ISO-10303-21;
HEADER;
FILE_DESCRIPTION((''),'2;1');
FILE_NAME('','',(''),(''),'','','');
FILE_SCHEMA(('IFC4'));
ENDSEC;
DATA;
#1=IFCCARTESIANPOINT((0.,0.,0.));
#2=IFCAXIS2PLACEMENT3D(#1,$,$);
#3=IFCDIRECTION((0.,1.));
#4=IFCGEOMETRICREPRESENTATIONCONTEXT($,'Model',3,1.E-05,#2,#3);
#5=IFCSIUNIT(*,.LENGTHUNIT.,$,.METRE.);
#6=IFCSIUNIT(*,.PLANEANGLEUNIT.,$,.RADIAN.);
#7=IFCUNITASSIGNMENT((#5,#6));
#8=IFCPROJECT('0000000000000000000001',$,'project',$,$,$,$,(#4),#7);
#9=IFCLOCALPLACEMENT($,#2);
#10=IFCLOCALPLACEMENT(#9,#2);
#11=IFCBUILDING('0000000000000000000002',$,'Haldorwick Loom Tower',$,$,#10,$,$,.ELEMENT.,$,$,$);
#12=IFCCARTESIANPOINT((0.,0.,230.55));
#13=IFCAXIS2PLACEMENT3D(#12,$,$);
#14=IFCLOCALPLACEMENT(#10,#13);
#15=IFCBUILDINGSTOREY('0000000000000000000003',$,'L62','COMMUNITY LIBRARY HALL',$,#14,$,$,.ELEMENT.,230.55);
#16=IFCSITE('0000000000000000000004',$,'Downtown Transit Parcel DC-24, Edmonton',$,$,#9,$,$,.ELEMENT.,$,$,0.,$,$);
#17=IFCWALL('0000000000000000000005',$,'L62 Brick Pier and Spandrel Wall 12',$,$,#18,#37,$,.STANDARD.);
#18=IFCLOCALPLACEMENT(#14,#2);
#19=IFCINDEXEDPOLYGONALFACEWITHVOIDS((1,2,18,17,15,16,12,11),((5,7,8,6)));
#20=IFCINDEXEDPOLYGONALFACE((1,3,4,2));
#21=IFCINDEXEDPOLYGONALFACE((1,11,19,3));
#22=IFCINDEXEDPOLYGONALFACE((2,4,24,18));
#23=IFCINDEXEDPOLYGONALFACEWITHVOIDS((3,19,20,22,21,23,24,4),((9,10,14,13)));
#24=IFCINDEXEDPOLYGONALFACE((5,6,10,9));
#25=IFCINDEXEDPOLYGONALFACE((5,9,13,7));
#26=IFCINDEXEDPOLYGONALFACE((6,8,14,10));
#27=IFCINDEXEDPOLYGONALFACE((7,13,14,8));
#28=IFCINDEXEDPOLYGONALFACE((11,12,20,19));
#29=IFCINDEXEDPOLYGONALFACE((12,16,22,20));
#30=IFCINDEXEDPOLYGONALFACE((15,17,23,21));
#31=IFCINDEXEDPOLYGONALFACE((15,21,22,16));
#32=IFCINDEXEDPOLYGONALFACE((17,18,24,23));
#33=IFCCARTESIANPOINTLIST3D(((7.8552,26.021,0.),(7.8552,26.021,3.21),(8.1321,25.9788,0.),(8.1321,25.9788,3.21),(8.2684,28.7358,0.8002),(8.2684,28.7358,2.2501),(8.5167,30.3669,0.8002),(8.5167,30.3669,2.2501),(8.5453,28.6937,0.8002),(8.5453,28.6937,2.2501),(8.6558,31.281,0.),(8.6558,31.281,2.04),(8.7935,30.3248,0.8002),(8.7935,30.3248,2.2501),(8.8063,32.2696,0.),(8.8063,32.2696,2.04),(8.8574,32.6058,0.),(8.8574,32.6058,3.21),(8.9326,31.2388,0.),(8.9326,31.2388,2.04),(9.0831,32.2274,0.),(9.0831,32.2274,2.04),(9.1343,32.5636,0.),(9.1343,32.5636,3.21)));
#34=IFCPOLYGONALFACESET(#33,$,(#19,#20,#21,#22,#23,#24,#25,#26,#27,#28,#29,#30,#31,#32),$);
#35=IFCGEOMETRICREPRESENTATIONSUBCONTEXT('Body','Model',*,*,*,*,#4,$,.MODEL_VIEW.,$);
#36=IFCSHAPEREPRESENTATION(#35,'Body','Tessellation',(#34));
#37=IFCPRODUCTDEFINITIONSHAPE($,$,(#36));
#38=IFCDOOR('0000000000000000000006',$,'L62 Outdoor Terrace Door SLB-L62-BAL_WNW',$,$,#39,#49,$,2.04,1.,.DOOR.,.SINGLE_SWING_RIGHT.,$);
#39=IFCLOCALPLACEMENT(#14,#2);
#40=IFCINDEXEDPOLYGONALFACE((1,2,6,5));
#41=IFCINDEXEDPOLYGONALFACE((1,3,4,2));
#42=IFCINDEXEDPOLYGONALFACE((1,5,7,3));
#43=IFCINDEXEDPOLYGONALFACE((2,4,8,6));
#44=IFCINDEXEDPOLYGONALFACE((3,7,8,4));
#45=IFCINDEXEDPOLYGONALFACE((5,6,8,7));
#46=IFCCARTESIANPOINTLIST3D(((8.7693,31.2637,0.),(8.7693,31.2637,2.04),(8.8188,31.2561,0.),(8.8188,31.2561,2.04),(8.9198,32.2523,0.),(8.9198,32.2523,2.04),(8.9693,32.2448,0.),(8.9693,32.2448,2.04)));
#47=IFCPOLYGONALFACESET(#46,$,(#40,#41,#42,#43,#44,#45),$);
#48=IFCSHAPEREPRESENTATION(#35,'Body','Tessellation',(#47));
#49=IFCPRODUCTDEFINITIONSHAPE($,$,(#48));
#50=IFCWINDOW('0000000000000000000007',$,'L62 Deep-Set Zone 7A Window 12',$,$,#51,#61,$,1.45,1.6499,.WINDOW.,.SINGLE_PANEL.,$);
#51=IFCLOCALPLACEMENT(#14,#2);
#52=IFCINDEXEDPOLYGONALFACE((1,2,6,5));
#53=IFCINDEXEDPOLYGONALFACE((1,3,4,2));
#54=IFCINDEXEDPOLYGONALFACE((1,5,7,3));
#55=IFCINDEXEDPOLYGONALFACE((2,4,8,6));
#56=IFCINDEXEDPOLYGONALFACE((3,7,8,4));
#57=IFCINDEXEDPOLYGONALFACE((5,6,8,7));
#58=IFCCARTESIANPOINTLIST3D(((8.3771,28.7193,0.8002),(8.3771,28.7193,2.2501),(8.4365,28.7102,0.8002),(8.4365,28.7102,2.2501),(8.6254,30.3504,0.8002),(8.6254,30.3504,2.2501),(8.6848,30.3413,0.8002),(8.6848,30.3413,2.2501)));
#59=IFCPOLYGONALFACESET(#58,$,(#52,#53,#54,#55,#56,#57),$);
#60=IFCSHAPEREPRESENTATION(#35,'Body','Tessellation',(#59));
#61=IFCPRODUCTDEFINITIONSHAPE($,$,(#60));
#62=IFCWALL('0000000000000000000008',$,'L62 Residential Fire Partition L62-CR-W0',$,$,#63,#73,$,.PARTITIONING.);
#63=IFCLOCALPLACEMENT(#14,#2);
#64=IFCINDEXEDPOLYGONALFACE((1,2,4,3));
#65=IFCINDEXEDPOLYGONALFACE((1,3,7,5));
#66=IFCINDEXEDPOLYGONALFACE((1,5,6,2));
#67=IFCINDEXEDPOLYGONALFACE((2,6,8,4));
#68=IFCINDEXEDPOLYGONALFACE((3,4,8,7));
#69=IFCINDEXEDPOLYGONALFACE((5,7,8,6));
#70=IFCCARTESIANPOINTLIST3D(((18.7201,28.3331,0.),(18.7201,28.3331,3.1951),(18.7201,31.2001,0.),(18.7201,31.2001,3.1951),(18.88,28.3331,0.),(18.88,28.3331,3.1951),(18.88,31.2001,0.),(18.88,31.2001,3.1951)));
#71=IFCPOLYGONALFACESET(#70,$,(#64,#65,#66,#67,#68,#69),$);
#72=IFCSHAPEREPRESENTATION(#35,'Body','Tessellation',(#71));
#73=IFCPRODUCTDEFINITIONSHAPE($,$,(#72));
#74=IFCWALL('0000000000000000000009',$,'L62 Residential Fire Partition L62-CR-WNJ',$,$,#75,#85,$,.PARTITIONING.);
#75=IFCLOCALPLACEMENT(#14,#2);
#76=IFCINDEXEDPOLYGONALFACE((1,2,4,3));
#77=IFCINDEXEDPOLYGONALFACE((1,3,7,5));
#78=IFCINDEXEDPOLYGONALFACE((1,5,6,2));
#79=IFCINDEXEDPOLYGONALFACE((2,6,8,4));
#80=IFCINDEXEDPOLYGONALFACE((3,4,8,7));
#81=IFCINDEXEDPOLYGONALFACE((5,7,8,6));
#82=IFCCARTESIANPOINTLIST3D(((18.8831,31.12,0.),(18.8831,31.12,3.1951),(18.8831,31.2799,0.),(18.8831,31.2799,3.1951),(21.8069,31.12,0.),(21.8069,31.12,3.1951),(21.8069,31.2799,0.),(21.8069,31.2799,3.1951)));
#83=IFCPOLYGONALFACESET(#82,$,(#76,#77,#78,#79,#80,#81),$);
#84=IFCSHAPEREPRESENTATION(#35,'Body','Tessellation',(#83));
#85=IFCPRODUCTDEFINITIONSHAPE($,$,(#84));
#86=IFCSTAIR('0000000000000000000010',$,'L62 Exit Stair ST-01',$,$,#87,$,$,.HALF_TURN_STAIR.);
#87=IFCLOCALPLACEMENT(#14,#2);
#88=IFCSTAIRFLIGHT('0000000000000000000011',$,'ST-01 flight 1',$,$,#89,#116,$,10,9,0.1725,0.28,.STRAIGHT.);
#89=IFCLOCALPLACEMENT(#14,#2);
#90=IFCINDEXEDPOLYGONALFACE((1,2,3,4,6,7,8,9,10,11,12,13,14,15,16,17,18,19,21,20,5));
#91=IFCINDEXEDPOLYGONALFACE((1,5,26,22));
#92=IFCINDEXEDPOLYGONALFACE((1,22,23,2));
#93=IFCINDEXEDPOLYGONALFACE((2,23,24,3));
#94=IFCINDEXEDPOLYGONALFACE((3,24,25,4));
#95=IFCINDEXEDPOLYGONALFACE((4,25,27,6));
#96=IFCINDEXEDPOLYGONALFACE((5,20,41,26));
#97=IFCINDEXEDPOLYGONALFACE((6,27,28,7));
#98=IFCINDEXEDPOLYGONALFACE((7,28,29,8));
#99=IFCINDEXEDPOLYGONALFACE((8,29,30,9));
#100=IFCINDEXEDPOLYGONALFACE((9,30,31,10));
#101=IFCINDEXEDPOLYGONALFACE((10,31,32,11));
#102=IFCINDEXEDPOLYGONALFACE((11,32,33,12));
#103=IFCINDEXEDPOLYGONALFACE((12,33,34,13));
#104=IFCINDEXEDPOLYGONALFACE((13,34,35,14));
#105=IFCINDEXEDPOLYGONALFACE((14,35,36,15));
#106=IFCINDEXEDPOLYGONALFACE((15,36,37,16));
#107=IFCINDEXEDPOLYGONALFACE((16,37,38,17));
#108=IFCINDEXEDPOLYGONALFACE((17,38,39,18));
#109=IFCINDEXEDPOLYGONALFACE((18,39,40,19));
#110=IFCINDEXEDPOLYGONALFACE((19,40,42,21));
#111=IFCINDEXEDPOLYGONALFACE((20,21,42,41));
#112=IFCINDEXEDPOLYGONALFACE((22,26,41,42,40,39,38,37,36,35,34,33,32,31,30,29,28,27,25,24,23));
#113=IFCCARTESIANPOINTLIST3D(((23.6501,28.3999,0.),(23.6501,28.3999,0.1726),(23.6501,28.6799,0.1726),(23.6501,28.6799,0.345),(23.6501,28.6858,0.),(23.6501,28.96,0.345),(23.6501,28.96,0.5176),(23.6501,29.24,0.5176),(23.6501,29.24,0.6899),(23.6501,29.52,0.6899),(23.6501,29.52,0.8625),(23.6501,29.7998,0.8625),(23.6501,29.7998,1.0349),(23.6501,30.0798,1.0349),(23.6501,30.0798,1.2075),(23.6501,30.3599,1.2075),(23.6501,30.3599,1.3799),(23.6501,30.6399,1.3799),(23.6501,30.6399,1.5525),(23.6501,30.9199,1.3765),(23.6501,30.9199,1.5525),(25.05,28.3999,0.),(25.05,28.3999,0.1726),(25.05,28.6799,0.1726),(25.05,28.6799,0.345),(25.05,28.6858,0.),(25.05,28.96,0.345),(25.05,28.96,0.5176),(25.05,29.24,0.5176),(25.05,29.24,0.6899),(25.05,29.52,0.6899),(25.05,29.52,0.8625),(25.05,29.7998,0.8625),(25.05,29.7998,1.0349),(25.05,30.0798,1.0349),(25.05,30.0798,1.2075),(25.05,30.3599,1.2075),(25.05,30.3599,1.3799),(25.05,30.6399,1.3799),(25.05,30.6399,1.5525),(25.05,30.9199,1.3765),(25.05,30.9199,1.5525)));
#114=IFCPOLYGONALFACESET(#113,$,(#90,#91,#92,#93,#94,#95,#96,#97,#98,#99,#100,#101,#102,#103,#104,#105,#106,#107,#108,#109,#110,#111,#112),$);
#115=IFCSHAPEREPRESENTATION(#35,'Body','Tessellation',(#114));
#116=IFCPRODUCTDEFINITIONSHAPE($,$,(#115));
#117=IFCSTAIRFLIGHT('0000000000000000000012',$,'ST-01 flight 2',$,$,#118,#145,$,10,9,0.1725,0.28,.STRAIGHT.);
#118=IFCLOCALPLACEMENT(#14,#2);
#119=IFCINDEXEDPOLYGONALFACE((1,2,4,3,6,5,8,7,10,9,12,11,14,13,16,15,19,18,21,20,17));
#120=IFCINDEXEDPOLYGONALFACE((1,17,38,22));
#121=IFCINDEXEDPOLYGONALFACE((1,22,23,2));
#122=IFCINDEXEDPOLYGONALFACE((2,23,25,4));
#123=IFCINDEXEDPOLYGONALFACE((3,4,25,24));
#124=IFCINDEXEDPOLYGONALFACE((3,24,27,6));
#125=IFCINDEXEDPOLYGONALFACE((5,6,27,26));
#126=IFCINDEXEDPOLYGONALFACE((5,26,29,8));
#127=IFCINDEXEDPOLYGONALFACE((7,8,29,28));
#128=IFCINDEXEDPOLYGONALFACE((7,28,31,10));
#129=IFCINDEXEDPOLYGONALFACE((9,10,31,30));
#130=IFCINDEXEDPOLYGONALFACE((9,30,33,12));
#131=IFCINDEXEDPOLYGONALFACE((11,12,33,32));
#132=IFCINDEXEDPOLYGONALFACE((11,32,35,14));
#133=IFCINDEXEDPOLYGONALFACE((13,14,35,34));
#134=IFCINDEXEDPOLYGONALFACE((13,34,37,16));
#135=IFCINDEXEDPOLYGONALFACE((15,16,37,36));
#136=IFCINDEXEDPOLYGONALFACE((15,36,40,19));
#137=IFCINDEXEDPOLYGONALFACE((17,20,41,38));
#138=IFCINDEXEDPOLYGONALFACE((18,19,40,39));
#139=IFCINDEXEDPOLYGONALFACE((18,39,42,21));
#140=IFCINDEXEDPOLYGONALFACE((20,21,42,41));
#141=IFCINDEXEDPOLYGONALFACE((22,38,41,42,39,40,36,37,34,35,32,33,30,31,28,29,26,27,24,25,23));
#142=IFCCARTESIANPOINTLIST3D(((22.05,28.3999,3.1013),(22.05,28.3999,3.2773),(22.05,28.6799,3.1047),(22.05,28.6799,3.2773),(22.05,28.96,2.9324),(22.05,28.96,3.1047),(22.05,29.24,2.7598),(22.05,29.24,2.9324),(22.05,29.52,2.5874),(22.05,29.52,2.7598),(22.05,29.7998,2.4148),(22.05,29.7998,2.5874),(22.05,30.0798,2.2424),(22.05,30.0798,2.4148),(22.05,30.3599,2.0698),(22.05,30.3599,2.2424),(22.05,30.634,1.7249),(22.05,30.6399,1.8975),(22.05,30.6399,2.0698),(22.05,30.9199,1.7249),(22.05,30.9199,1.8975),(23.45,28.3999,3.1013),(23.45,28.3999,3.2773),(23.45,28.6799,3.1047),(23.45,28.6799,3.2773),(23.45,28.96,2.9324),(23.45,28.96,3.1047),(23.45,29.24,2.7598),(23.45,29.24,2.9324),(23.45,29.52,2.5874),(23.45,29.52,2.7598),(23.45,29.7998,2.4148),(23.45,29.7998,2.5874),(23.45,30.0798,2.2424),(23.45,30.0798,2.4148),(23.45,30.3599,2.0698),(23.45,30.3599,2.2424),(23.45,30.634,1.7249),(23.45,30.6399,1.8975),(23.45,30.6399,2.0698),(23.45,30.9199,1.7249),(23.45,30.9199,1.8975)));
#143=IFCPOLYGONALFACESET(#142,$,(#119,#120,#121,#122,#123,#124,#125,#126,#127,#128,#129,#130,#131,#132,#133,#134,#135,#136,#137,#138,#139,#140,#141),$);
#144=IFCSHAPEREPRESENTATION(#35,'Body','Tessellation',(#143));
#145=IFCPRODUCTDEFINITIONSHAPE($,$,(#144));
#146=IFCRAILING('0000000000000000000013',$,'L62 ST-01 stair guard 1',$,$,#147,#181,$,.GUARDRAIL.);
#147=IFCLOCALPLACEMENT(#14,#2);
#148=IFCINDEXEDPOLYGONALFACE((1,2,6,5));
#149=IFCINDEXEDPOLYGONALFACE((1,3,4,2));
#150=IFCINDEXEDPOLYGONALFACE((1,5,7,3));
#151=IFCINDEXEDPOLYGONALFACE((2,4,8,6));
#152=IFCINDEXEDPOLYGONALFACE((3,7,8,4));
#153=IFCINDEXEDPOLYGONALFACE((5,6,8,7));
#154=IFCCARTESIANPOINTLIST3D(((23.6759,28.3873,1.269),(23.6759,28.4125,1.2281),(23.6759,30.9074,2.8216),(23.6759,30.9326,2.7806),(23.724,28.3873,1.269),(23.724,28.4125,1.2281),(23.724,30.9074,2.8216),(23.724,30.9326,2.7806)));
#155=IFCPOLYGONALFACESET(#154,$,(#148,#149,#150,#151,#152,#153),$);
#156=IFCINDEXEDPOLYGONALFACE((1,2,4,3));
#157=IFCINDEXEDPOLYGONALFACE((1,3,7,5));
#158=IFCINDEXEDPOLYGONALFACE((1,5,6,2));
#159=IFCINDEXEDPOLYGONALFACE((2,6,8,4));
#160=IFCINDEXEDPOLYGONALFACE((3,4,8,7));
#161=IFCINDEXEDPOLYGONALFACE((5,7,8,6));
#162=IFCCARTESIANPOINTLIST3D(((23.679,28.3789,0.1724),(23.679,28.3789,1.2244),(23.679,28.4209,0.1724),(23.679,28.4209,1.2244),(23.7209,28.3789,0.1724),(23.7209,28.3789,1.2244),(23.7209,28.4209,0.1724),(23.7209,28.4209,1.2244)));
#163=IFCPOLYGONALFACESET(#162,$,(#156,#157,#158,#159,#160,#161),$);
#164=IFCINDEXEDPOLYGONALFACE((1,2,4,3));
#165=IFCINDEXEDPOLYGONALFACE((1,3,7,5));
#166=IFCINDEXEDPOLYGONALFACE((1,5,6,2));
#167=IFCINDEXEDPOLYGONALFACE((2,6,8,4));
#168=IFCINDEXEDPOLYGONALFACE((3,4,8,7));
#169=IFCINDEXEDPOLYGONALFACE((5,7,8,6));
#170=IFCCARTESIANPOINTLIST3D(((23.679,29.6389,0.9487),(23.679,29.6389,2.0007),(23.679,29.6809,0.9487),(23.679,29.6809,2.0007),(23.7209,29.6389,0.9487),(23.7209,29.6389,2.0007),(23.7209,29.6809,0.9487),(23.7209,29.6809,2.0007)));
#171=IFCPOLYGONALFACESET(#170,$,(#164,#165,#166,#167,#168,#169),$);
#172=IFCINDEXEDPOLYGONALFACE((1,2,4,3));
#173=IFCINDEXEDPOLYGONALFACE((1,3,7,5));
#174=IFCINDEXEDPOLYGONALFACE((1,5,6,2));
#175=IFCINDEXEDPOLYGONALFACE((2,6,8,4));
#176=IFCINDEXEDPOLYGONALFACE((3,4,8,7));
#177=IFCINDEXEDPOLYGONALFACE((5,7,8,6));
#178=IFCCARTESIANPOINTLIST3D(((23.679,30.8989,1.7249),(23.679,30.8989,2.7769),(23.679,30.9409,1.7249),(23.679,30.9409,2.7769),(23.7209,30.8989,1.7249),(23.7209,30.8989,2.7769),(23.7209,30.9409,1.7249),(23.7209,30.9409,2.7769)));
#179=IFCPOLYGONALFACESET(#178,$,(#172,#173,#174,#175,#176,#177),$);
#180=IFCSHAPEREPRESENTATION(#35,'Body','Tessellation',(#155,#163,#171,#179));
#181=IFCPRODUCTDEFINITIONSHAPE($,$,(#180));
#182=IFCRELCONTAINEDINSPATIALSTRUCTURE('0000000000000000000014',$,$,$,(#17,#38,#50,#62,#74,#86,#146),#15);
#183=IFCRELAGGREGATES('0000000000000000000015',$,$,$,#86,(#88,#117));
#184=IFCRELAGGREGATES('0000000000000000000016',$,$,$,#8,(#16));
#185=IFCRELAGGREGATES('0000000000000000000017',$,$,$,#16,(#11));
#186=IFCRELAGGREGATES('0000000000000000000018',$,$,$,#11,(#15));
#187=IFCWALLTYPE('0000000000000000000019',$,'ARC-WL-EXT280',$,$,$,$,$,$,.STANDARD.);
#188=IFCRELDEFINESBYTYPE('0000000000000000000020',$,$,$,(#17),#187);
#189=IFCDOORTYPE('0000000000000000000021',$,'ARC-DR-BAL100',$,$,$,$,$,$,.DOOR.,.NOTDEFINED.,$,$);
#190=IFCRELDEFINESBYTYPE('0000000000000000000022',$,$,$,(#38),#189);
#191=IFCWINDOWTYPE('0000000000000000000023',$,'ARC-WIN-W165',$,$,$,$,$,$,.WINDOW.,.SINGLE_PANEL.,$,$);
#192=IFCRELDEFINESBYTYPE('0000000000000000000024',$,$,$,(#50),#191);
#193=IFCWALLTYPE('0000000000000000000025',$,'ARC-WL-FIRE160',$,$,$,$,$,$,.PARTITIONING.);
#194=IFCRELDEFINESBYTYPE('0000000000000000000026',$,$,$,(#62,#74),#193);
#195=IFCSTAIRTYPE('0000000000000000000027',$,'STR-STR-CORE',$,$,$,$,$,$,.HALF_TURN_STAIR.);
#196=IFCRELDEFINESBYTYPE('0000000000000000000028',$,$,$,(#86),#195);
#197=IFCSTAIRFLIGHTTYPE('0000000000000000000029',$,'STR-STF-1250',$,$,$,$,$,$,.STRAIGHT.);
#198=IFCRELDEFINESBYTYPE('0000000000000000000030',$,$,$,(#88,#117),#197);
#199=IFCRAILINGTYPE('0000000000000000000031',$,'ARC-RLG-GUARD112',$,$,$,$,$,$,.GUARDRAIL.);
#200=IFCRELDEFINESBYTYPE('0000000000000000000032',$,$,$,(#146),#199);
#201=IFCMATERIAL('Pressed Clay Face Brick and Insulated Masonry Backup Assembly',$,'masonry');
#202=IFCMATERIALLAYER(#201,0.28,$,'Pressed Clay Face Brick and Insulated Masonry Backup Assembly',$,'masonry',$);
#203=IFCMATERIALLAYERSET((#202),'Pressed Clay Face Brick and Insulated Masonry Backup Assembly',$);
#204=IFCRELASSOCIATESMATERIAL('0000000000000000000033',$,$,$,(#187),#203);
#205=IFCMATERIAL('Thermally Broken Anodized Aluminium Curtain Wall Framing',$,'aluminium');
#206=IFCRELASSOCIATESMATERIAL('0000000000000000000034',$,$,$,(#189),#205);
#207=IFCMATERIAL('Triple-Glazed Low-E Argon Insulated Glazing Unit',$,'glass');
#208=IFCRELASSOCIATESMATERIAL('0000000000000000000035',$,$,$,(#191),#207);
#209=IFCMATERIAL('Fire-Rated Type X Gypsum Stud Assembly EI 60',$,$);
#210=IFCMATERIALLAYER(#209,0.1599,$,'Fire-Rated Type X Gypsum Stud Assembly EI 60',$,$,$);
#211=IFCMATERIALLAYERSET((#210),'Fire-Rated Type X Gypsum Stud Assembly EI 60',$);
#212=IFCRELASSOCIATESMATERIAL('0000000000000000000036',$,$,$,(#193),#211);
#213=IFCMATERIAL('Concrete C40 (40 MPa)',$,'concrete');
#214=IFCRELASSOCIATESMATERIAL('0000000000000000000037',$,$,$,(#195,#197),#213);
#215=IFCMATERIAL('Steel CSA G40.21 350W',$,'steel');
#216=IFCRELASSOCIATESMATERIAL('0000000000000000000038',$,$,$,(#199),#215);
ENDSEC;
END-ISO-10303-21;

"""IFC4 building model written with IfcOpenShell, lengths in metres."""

from ifc_helpers import new_model, si_unit, direction, frame, frame_2d, origin, origin_2d, place, context, subcontext, project, spatial, polyline, rectangle, outline, extrude, material, layer, layer_set, type_object, element, fill, aggregate, save


model = new_model("IFC4")

# Units and contexts
model_context = context("Model", 3, precision=1e-05, world=origin(), true_north=direction((0.0, 1.0)))
body_context = subcontext(model_context, "Body", "Model", "MODEL_VIEW")
ifc_project = project(units=[si_unit("LENGTHUNIT", "METRE"), si_unit("PLANEANGLEUNIT", "RADIAN")], contexts=[model_context])

# Site, building, storey
site_placement = place(None, origin())
site = spatial("IfcSite", under=ifc_project, at=site_placement, Name="Downtown Transit Parcel DC-24, Edmonton", CompositionType="ELEMENT", RefElevation=0.0)
building_placement = place(site_placement, origin())
building = spatial("IfcBuilding", under=site, at=building_placement, Name="Haldorwick Loom Tower", CompositionType="ELEMENT")
storey_placement = place(building_placement, frame((0.0, 0.0, 230.55)))
storey = spatial("IfcBuildingStorey", under=building, at=storey_placement, Name="L62", Description="COMMUNITY LIBRARY HALL", CompositionType="ELEMENT", Elevation=230.55)

# Shared definitions
ifc_material_1 = material(Name="Steel CSA G40.21 350W", Category="steel")

# Wall, openings, door, window
ifc_material_2 = material(Name="Pressed Clay Face Brick and Insulated Masonry Backup Assembly", Category="masonry")
ifc_layer_1 = layer(ifc_material_2, 0.28, Name="Pressed Clay Face Brick and Insulated Masonry Backup Assembly", Category="masonry")
ifc_layer_set_1 = layer_set([ifc_layer_1], Name="Pressed Clay Face Brick and Insulated Masonry Backup Assembly")
wall_type_1 = type_object("IfcWallType", Name="ARC-WL-EXT280", PredefinedType="STANDARD", material=ifc_layer_set_1)
wall_1_placement = place(storey_placement, frame((8.9958, 32.5847, 0.0), z_axis=(0.0, 0.0, 1.0), x_axis=(-0.150468, -0.988615, 0.0)))
wall_1 = element("IfcWall", 1, at=wall_1_placement, inside=storey, type_object=wall_type_1, Name="L62 Brick Pier and Spandrel Wall 12", PredefinedType="STANDARD", context=body_context, shape_type="SweptSolid", body=[
    extrude(rectangle(XDim=6.6606, YDim=0.28, at=frame_2d((3.3303, 0.0))), origin(), (0.0, 0.0, 1.0), 3.21),
])
opening_1_placement = place(wall_1_placement, frame((0.3401, 0.0, 0.0)))
opening_1 = element("IfcOpeningElement", 2, at=opening_1_placement, cuts=wall_1, PredefinedType="OPENING", context=body_context, shape_type="SweptSolid", body=[
    extrude(rectangle(XDim=1.0, YDim=2.04, at=frame_2d((0.5, 1.02))), frame((0.0, 0.1499, 0.0), z_axis=(0.0, -1.0, 0.0), x_axis=(1.0, 0.0, 0.0)), (0.0, 0.0, 1.0), 0.3),
])
opening_2_placement = place(wall_1_placement, frame((2.2646, 0.0, 0.8)))
opening_2 = element("IfcOpeningElement", 3, at=opening_2_placement, cuts=wall_1, PredefinedType="OPENING", context=body_context, shape_type="SweptSolid", body=[
    extrude(rectangle(XDim=1.6499, YDim=1.45, at=frame_2d((0.825, 0.7251))), frame((0.0, 0.1499, 0.0), z_axis=(0.0, -1.0, 0.0), x_axis=(1.0, 0.0, 0.0)), (0.0, 0.0, 1.0), 0.3),
])
ifc_material_3 = material(Name="Thermally Broken Anodized Aluminium Curtain Wall Framing", Category="aluminium")
door_type = type_object("IfcDoorType", Name="ARC-DR-BAL100", OperationType="NOTDEFINED", PredefinedType="DOOR", material=ifc_material_3)
door_placement = place(opening_1_placement, origin())
door = element("IfcDoor", 4, at=door_placement, inside=storey, type_object=door_type, Name="L62 Outdoor Terrace Door SLB-L62-BAL_WNW", OperationType="SINGLE_SWING_RIGHT", OverallHeight=2.04, OverallWidth=1.0, PredefinedType="DOOR", context=body_context, shape_type="SweptSolid", body=[
    extrude(rectangle(XDim=1.0, YDim=2.04, at=frame_2d((0.5, 1.02))), frame((0.0, 0.0249, 0.0), z_axis=(0.0, -1.0, 0.0), x_axis=(1.0, 0.0, 0.0)), (0.0, 0.0, 1.0), 0.05),
])
fill(opening_1, door)
ifc_material_4 = material(Name="Triple-Glazed Low-E Argon Insulated Glazing Unit", Category="glass")
window_type = type_object("IfcWindowType", Name="ARC-WIN-W165", PartitioningType="SINGLE_PANEL", PredefinedType="WINDOW", material=ifc_material_4)
window_placement = place(opening_2_placement, origin())
window = element("IfcWindow", 5, at=window_placement, inside=storey, type_object=window_type, Name="L62 Deep-Set Zone 7A Window 12", OverallHeight=1.45, OverallWidth=1.6499, PartitioningType="SINGLE_PANEL", PredefinedType="WINDOW", context=body_context, shape_type="SweptSolid", body=[
    extrude(rectangle(XDim=1.6499, YDim=1.45, at=frame_2d((0.825, 0.7251))), frame((0.0, 0.03, 0.0), z_axis=(0.0, -1.0, 0.0), x_axis=(1.0, 0.0, 0.0)), (0.0, 0.0, 1.0), 0.0601),
])
fill(opening_2, window)

# Walls
ifc_material_5 = material(Name="Fire-Rated Type X Gypsum Stud Assembly EI 60")
ifc_layer_2 = layer(ifc_material_5, 0.1599, Name="Fire-Rated Type X Gypsum Stud Assembly EI 60")
ifc_layer_set_2 = layer_set([ifc_layer_2], Name="Fire-Rated Type X Gypsum Stud Assembly EI 60")
wall_type_2 = type_object("IfcWallType", Name="ARC-WL-FIRE160", PredefinedType="PARTITIONING", material=ifc_layer_set_2)
wall_2_placement = place(storey_placement, frame((18.8, 28.333, 0.0), z_axis=(0.0, 0.0, 1.0), x_axis=(0.0, 1.0, 0.0)))
element("IfcWall", 6, at=wall_2_placement, inside=storey, type_object=wall_type_2, Name="L62 Residential Fire Partition L62-CR-W0", PredefinedType="PARTITIONING", context=body_context, shape_type="SweptSolid", body=[
    extrude(rectangle(XDim=2.8669, YDim=0.1599, at=frame_2d((1.4336, 0.0))), origin(), (0.0, 0.0, 1.0), 3.1951),
])
wall_3_placement = place(storey_placement, frame((18.8831, 31.2, 0.0), z_axis=(0.0, 0.0, 1.0), x_axis=(1.0, 0.0, 0.0)))
element("IfcWall", 7, at=wall_3_placement, inside=storey, type_object=wall_type_2, Name="L62 Residential Fire Partition L62-CR-WNJ", PredefinedType="PARTITIONING", context=body_context, shape_type="SweptSolid", body=[
    extrude(rectangle(XDim=2.9238, YDim=0.1599, at=frame_2d((1.4619, 0.0))), origin(), (0.0, 0.0, 1.0), 3.1951),
])

# Stair, stair flights
ifc_material_6 = material(Name="Concrete C40 (40 MPa)", Category="concrete")
stair_type = type_object("IfcStairType", Name="STR-STR-CORE", PredefinedType="HALF_TURN_STAIR", material=ifc_material_6)
stair_placement = place(storey_placement, origin())
stair = element("IfcStair", 8, at=stair_placement, inside=storey, type_object=stair_type, Name="L62 Exit Stair ST-01", PredefinedType="HALF_TURN_STAIR")
stair_flight_type = type_object("IfcStairFlightType", Name="STR-STF-1250", PredefinedType="STRAIGHT", material=ifc_material_6)
stair_flight_1_placement = place(storey_placement, frame((24.3501, 28.3999, 0.0), z_axis=(0.0, 0.0, 1.0), x_axis=(0.0, 1.0, 0.0)))
stair_flight_1 = element("IfcStairFlight", 9, at=stair_flight_1_placement, type_object=stair_flight_type, Name="ST-01 flight 1", NumberOfRisers=10, NumberOfTreads=9, PredefinedType="STRAIGHT", RiserHeight=0.1725, TreadLength=0.28, context=body_context, shape_type="SweptSolid", body=[
    extrude(outline(polyline([(0.0, 0.0), (0.0, 0.1726), (0.28, 0.1726), (0.28, 0.345), (0.5601, 0.345), (0.5601, 0.5176), (0.8401, 0.5176), (0.8401, 0.6899), (1.1201, 0.6899), (1.1201, 0.8625), (1.3999, 0.8625), (1.3999, 1.0349), (1.6799, 1.0349), (1.6799, 1.2075), (1.96, 1.2075), (1.96, 1.3799), (2.24, 1.3799), (2.24, 1.5525), (2.52, 1.5525), (2.52, 1.7251), (2.52, 1.3765), (0.2859, 0.0), (0.0, 0.0)])), frame((0.0, 0.7, 0.0), z_axis=(0.0, -1.0, 0.0), x_axis=(1.0, 0.0, 0.0)), (0.0, 0.0, 1.0), 1.3999),
])
stair_flight_2_placement = place(storey_placement, frame((22.75, 30.9199, 1.7249), z_axis=(0.0, 0.0, 1.0), x_axis=(0.0, -1.0, 0.0)))
stair_flight_2 = element("IfcStairFlight", 10, at=stair_flight_2_placement, type_object=stair_flight_type, Name="ST-01 flight 2", NumberOfRisers=10, NumberOfTreads=9, PredefinedType="STRAIGHT", RiserHeight=0.1725, TreadLength=0.28, context=body_context, shape_type="SweptSolid", body=[
    extrude(outline(polyline([(0.0, 0.0), (0.0, 0.1726), (0.28, 0.1726), (0.28, 0.345), (0.5601, 0.345), (0.5601, 0.5176), (0.8401, 0.5176), (0.8401, 0.6899), (1.1201, 0.6899), (1.1201, 0.8625), (1.3999, 0.8625), (1.3999, 1.0349), (1.6799, 1.0349), (1.6799, 1.2075), (1.96, 1.2075), (1.96, 1.3799), (2.24, 1.3799), (2.24, 1.5525), (2.52, 1.5525), (2.52, 1.7251), (2.52, 1.3765), (0.2859, 0.0), (0.0, 0.0)])), frame((0.0, 0.7, 0.0), z_axis=(0.0, -1.0, 0.0), x_axis=(1.0, 0.0, 0.0)), (0.0, 0.0, 1.0), 1.3999),
])
aggregate(stair, [stair_flight_1, stair_flight_2])

# Railing
railing_type_1 = type_object("IfcRailingType", Name="ARC-RLG-GUARD112", PredefinedType="GUARDRAIL", material=ifc_material_1)
railing_1_placement = place(storey_placement, frame((23.7, 28.3999, 0.1724)))
element("IfcRailing", 11, at=railing_1_placement, inside=storey, type_object=railing_type_1, Name="L62 ST-01 stair guard 1", PredefinedType="GUARDRAIL", context=body_context, shape_type="SweptSolid", body=[
    extrude(rectangle(XDim=0.0481, YDim=0.0481, at=origin_2d()), frame((0.0, 0.0, 1.0762), z_axis=(0.0, 0.8514, 0.524516), x_axis=(-1.0, 0.0, 0.0)), (0.0, 0.0, 1.0), 2.96),
    extrude(rectangle(XDim=0.042, YDim=0.042, at=origin_2d()), origin(), (0.0, 0.0, 1.0), 1.052),
    extrude(rectangle(XDim=0.042, YDim=0.042, at=origin_2d()), frame((0.0, 1.26, 0.7764)), (0.0, 0.0, 1.0), 1.052),
    extrude(rectangle(XDim=0.042, YDim=0.042, at=origin_2d()), frame((0.0, 2.52, 1.5525)), (0.0, 0.0, 1.0), 1.052),
])

save(model, "model.ifc")
